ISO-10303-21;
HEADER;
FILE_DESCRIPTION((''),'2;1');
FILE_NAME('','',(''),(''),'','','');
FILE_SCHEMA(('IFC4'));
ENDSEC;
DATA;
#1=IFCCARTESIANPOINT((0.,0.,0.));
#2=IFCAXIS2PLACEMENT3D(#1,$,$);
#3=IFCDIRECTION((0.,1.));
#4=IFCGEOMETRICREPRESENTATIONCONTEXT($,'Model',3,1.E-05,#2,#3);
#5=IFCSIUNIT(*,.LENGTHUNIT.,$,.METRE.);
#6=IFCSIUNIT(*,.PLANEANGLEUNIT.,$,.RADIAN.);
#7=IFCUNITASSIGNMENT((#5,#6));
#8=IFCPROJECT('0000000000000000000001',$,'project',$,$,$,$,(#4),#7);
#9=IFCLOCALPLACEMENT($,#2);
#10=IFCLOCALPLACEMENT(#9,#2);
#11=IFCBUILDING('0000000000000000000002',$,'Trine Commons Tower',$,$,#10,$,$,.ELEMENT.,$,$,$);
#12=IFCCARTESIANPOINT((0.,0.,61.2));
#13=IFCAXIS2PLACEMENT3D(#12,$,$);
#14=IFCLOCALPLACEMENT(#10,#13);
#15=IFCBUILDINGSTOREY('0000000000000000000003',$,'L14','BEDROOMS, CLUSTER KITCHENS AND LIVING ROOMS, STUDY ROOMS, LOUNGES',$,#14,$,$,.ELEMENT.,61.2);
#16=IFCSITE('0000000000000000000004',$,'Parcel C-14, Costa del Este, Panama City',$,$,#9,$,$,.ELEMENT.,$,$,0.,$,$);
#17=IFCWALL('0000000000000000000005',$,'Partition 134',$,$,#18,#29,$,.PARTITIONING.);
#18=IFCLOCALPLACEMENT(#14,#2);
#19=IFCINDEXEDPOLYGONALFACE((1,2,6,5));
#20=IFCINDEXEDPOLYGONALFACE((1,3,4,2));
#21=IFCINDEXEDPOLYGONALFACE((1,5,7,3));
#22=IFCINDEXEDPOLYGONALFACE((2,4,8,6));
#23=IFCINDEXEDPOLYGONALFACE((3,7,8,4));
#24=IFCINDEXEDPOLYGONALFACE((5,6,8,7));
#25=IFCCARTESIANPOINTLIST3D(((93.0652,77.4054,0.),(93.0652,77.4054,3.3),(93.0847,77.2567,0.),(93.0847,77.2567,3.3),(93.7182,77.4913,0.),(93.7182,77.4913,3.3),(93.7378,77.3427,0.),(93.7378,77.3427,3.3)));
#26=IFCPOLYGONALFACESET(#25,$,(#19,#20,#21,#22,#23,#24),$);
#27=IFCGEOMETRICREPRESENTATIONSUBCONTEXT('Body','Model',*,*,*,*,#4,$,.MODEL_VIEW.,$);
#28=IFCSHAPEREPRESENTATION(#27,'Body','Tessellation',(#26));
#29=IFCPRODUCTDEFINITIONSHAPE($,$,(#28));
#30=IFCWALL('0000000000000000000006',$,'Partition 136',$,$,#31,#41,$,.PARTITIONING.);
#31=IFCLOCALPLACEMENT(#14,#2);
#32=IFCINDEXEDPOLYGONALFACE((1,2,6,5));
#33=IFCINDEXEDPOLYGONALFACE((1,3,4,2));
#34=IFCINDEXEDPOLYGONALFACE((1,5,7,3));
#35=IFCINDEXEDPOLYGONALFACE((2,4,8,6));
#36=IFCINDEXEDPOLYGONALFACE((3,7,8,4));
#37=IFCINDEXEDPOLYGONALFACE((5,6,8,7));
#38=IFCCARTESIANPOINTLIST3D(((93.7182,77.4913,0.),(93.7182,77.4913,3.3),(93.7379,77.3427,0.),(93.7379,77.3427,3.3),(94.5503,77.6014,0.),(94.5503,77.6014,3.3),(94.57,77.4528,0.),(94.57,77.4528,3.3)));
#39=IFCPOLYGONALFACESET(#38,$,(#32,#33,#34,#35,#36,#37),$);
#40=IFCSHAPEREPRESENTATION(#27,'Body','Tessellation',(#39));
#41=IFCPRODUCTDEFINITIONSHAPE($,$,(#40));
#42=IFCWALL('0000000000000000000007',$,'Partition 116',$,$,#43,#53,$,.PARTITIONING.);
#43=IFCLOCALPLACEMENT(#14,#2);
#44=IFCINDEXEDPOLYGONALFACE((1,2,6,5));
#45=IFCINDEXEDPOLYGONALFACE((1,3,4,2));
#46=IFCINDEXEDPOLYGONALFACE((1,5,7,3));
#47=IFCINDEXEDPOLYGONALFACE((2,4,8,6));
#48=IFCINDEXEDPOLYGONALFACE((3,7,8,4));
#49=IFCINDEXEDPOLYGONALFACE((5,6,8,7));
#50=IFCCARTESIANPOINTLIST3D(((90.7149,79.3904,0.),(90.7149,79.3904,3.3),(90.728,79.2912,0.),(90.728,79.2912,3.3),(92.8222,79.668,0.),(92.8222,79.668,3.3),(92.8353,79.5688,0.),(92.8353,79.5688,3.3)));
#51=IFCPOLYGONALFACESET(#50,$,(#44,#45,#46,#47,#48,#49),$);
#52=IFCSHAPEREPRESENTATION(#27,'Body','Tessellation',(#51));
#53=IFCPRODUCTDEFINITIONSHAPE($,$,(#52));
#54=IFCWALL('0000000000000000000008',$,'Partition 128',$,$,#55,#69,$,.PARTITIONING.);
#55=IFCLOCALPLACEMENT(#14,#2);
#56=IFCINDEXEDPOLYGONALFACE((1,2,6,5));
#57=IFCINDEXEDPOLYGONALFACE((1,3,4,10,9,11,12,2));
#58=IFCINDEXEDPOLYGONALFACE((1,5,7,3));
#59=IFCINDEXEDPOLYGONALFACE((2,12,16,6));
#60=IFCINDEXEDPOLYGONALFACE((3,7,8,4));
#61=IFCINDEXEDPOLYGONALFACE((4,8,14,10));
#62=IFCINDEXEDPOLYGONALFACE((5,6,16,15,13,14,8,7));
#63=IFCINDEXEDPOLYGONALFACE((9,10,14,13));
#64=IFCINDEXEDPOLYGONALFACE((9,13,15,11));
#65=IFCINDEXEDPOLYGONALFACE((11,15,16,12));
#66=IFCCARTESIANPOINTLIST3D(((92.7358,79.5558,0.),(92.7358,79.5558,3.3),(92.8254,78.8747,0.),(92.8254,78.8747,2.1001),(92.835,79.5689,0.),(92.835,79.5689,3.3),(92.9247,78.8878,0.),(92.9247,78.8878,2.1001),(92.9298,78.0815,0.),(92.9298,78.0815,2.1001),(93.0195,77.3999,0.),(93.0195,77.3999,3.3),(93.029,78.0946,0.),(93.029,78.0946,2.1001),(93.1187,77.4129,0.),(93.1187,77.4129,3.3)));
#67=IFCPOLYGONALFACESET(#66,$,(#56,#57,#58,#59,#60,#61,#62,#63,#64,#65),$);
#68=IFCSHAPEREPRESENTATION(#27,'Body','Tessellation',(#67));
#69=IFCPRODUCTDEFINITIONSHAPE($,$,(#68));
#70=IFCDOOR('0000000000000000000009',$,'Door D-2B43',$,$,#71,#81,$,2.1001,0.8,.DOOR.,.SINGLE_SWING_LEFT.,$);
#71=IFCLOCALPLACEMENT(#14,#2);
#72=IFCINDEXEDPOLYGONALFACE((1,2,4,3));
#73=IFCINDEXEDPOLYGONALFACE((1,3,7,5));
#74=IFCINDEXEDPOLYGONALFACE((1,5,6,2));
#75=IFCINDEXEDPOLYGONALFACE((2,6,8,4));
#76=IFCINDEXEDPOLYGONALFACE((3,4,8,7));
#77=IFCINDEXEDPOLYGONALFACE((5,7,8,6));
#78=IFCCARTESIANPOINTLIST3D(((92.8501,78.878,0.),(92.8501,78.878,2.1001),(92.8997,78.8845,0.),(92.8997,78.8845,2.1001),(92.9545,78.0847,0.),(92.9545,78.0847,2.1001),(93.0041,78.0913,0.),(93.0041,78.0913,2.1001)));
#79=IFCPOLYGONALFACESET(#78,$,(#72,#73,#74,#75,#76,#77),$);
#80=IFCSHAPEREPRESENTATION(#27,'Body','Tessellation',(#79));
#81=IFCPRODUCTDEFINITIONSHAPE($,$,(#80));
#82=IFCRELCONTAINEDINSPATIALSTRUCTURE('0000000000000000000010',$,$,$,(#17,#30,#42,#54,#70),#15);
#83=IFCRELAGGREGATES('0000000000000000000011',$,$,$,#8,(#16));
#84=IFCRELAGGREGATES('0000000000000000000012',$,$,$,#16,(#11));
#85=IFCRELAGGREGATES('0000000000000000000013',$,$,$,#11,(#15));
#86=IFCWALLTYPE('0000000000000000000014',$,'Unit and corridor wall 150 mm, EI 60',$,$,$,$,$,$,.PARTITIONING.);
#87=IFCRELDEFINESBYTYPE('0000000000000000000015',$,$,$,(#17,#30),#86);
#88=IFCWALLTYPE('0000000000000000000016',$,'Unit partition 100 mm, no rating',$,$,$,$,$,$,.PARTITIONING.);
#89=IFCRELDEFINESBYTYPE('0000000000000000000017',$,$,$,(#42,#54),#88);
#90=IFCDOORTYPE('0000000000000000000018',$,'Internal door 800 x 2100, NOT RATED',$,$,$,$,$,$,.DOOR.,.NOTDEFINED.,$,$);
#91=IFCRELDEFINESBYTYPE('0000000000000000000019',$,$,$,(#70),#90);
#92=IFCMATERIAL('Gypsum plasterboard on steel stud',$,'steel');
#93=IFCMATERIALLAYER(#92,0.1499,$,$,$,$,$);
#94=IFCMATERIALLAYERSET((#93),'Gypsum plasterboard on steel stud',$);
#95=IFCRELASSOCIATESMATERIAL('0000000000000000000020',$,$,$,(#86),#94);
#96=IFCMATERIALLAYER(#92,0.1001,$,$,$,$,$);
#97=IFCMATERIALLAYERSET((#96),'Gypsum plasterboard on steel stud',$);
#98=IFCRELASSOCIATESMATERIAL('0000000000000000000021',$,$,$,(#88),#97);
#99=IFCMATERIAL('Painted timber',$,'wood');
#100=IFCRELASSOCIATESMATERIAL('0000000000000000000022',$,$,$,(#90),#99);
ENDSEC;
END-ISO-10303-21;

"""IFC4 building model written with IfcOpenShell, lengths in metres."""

from ifc_helpers import new_model, si_unit, direction, frame, frame_2d, origin, place, context, subcontext, project, spatial, rectangle, extrude, material, layer, layer_set, type_object, element, fill, save


model = new_model("IFC4")

# Units and contexts
model_context = context("Model", 3, precision=1e-05, world=origin(), true_north=direction((0.0, 1.0)))
body_context = subcontext(model_context, "Body", "Model", "MODEL_VIEW")
ifc_project = project(units=[si_unit("LENGTHUNIT", "METRE"), si_unit("PLANEANGLEUNIT", "RADIAN")], contexts=[model_context])

# Site, building, storey
site_placement = place(None, origin())
site = spatial("IfcSite", under=ifc_project, at=site_placement, Name="Parcel C-14, Costa del Este, Panama City", CompositionType="ELEMENT", RefElevation=0.0)
building_placement = place(site_placement, origin())
building = spatial("IfcBuilding", under=site, at=building_placement, Name="Trine Commons Tower", CompositionType="ELEMENT")
storey_placement = place(building_placement, frame((0.0, 0.0, 61.2)))
storey = spatial("IfcBuildingStorey", under=building, at=storey_placement, Name="L14", Description="BEDROOMS, CLUSTER KITCHENS AND LIVING ROOMS, STUDY ROOMS, LOUNGES", CompositionType="ELEMENT", Elevation=61.2)

# Shared definitions
ifc_material_1 = material(Name="Gypsum plasterboard on steel stud", Category="steel")
ifc_layer_1 = layer(ifc_material_1, 0.1499)
ifc_layer_set_1 = layer_set([ifc_layer_1], Name="Gypsum plasterboard on steel stud")
wall_type_1 = type_object("IfcWallType", Name="Unit and corridor wall 150 mm, EI 60", PredefinedType="PARTITIONING", material=ifc_layer_set_1)
ifc_material_2 = material(Name="Painted timber", Category="wood")

# Walls
wall_1_placement = place(storey_placement, frame((93.075, 77.3311, 0.0), z_axis=(0.0, 0.0, 1.0), x_axis=(0.991453, 0.130464, 0.0)))
element("IfcWall", 1, at=wall_1_placement, inside=storey, type_object=wall_type_1, Name="Partition 134", PredefinedType="PARTITIONING", context=body_context, shape_type="SweptSolid", body=[
    extrude(rectangle(XDim=0.6587, YDim=0.1499, at=frame_2d((0.3293, 0.0))), origin(), (0.0, 0.0, 1.0), 3.3),
])
wall_2_placement = place(storey_placement, frame((93.728, 77.417, 0.0), z_axis=(0.0, 0.0, 1.0), x_axis=(0.991357, 0.131192, 0.0)))
element("IfcWall", 2, at=wall_2_placement, inside=storey, type_object=wall_type_1, Name="Partition 136", PredefinedType="PARTITIONING", context=body_context, shape_type="SweptSolid", body=[
    extrude(rectangle(XDim=0.8394, YDim=0.1499, at=frame_2d((0.4197, 0.0))), origin(), (0.0, 0.0, 1.0), 3.3),
])
ifc_layer_2 = layer(ifc_material_1, 0.1001)
ifc_layer_set_2 = layer_set([ifc_layer_2], Name="Gypsum plasterboard on steel stud")
wall_type_2 = type_object("IfcWallType", Name="Unit partition 100 mm, no rating", PredefinedType="PARTITIONING", material=ifc_layer_set_2)
wall_3_placement = place(storey_placement, frame((90.7214, 79.3408, 0.0), z_axis=(0.0, 0.0, 1.0), x_axis=(0.991434, 0.130606, 0.0)))
element("IfcWall", 3, at=wall_3_placement, inside=storey, type_object=wall_type_2, Name="Partition 116", PredefinedType="PARTITIONING", context=body_context, shape_type="SweptSolid", body=[
    extrude(rectangle(XDim=2.1255, YDim=0.1001, at=frame_2d((1.0627, 0.0))), origin(), (0.0, 0.0, 1.0), 3.3),
])

# Wall, opening, door
wall_4_placement = place(storey_placement, frame((92.7854, 79.5625, 0.0), z_axis=(0.0, 0.0, 1.0), x_axis=(0.130457, -0.991454, 0.0)))
wall_4 = element("IfcWall", 4, at=wall_4_placement, inside=storey, type_object=wall_type_2, Name="Partition 128", PredefinedType="PARTITIONING", context=body_context, shape_type="SweptSolid", body=[
    extrude(rectangle(XDim=2.1746, YDim=0.1001, at=frame_2d((1.0874, 0.0))), origin(), (0.0, 0.0, 1.0), 3.3),
])
opening_1_placement = place(wall_4_placement, frame((0.6873, 0.0, 0.0)))
opening_1 = element("IfcOpeningElement", 5, at=opening_1_placement, cuts=wall_4, PredefinedType="OPENING", context=body_context, shape_type="SweptSolid", body=[
    extrude(rectangle(XDim=0.8, YDim=2.1001, at=frame_2d((0.3999, 1.05))), frame((0.0, 0.0601, 0.0), z_axis=(0.0, -1.0, 0.0), x_axis=(1.0, 0.0, 0.0)), (0.0, 0.0, 1.0), 0.1201),
])
door_type_1 = type_object("IfcDoorType", Name="Internal door 800 x 2100, NOT RATED", OperationType="NOTDEFINED", PredefinedType="DOOR", material=ifc_material_2)
door_1_placement = place(opening_1_placement, origin())
door_1 = element("IfcDoor", 6, at=door_1_placement, inside=storey, type_object=door_type_1, Name="Door D-2B43", OperationType="SINGLE_SWING_LEFT", OverallHeight=2.1001, OverallWidth=0.8, PredefinedType="DOOR", context=body_context, shape_type="SweptSolid", body=[
    extrude(rectangle(XDim=0.8, YDim=2.1001, at=frame_2d((0.3999, 1.05))), frame((0.0, 0.0249, 0.0), z_axis=(0.0, -1.0, 0.0), x_axis=(1.0, 0.0, 0.0)), (0.0, 0.0, 1.0), 0.05),
])
fill(opening_1, door_1)

save(model, "model.ifc")
